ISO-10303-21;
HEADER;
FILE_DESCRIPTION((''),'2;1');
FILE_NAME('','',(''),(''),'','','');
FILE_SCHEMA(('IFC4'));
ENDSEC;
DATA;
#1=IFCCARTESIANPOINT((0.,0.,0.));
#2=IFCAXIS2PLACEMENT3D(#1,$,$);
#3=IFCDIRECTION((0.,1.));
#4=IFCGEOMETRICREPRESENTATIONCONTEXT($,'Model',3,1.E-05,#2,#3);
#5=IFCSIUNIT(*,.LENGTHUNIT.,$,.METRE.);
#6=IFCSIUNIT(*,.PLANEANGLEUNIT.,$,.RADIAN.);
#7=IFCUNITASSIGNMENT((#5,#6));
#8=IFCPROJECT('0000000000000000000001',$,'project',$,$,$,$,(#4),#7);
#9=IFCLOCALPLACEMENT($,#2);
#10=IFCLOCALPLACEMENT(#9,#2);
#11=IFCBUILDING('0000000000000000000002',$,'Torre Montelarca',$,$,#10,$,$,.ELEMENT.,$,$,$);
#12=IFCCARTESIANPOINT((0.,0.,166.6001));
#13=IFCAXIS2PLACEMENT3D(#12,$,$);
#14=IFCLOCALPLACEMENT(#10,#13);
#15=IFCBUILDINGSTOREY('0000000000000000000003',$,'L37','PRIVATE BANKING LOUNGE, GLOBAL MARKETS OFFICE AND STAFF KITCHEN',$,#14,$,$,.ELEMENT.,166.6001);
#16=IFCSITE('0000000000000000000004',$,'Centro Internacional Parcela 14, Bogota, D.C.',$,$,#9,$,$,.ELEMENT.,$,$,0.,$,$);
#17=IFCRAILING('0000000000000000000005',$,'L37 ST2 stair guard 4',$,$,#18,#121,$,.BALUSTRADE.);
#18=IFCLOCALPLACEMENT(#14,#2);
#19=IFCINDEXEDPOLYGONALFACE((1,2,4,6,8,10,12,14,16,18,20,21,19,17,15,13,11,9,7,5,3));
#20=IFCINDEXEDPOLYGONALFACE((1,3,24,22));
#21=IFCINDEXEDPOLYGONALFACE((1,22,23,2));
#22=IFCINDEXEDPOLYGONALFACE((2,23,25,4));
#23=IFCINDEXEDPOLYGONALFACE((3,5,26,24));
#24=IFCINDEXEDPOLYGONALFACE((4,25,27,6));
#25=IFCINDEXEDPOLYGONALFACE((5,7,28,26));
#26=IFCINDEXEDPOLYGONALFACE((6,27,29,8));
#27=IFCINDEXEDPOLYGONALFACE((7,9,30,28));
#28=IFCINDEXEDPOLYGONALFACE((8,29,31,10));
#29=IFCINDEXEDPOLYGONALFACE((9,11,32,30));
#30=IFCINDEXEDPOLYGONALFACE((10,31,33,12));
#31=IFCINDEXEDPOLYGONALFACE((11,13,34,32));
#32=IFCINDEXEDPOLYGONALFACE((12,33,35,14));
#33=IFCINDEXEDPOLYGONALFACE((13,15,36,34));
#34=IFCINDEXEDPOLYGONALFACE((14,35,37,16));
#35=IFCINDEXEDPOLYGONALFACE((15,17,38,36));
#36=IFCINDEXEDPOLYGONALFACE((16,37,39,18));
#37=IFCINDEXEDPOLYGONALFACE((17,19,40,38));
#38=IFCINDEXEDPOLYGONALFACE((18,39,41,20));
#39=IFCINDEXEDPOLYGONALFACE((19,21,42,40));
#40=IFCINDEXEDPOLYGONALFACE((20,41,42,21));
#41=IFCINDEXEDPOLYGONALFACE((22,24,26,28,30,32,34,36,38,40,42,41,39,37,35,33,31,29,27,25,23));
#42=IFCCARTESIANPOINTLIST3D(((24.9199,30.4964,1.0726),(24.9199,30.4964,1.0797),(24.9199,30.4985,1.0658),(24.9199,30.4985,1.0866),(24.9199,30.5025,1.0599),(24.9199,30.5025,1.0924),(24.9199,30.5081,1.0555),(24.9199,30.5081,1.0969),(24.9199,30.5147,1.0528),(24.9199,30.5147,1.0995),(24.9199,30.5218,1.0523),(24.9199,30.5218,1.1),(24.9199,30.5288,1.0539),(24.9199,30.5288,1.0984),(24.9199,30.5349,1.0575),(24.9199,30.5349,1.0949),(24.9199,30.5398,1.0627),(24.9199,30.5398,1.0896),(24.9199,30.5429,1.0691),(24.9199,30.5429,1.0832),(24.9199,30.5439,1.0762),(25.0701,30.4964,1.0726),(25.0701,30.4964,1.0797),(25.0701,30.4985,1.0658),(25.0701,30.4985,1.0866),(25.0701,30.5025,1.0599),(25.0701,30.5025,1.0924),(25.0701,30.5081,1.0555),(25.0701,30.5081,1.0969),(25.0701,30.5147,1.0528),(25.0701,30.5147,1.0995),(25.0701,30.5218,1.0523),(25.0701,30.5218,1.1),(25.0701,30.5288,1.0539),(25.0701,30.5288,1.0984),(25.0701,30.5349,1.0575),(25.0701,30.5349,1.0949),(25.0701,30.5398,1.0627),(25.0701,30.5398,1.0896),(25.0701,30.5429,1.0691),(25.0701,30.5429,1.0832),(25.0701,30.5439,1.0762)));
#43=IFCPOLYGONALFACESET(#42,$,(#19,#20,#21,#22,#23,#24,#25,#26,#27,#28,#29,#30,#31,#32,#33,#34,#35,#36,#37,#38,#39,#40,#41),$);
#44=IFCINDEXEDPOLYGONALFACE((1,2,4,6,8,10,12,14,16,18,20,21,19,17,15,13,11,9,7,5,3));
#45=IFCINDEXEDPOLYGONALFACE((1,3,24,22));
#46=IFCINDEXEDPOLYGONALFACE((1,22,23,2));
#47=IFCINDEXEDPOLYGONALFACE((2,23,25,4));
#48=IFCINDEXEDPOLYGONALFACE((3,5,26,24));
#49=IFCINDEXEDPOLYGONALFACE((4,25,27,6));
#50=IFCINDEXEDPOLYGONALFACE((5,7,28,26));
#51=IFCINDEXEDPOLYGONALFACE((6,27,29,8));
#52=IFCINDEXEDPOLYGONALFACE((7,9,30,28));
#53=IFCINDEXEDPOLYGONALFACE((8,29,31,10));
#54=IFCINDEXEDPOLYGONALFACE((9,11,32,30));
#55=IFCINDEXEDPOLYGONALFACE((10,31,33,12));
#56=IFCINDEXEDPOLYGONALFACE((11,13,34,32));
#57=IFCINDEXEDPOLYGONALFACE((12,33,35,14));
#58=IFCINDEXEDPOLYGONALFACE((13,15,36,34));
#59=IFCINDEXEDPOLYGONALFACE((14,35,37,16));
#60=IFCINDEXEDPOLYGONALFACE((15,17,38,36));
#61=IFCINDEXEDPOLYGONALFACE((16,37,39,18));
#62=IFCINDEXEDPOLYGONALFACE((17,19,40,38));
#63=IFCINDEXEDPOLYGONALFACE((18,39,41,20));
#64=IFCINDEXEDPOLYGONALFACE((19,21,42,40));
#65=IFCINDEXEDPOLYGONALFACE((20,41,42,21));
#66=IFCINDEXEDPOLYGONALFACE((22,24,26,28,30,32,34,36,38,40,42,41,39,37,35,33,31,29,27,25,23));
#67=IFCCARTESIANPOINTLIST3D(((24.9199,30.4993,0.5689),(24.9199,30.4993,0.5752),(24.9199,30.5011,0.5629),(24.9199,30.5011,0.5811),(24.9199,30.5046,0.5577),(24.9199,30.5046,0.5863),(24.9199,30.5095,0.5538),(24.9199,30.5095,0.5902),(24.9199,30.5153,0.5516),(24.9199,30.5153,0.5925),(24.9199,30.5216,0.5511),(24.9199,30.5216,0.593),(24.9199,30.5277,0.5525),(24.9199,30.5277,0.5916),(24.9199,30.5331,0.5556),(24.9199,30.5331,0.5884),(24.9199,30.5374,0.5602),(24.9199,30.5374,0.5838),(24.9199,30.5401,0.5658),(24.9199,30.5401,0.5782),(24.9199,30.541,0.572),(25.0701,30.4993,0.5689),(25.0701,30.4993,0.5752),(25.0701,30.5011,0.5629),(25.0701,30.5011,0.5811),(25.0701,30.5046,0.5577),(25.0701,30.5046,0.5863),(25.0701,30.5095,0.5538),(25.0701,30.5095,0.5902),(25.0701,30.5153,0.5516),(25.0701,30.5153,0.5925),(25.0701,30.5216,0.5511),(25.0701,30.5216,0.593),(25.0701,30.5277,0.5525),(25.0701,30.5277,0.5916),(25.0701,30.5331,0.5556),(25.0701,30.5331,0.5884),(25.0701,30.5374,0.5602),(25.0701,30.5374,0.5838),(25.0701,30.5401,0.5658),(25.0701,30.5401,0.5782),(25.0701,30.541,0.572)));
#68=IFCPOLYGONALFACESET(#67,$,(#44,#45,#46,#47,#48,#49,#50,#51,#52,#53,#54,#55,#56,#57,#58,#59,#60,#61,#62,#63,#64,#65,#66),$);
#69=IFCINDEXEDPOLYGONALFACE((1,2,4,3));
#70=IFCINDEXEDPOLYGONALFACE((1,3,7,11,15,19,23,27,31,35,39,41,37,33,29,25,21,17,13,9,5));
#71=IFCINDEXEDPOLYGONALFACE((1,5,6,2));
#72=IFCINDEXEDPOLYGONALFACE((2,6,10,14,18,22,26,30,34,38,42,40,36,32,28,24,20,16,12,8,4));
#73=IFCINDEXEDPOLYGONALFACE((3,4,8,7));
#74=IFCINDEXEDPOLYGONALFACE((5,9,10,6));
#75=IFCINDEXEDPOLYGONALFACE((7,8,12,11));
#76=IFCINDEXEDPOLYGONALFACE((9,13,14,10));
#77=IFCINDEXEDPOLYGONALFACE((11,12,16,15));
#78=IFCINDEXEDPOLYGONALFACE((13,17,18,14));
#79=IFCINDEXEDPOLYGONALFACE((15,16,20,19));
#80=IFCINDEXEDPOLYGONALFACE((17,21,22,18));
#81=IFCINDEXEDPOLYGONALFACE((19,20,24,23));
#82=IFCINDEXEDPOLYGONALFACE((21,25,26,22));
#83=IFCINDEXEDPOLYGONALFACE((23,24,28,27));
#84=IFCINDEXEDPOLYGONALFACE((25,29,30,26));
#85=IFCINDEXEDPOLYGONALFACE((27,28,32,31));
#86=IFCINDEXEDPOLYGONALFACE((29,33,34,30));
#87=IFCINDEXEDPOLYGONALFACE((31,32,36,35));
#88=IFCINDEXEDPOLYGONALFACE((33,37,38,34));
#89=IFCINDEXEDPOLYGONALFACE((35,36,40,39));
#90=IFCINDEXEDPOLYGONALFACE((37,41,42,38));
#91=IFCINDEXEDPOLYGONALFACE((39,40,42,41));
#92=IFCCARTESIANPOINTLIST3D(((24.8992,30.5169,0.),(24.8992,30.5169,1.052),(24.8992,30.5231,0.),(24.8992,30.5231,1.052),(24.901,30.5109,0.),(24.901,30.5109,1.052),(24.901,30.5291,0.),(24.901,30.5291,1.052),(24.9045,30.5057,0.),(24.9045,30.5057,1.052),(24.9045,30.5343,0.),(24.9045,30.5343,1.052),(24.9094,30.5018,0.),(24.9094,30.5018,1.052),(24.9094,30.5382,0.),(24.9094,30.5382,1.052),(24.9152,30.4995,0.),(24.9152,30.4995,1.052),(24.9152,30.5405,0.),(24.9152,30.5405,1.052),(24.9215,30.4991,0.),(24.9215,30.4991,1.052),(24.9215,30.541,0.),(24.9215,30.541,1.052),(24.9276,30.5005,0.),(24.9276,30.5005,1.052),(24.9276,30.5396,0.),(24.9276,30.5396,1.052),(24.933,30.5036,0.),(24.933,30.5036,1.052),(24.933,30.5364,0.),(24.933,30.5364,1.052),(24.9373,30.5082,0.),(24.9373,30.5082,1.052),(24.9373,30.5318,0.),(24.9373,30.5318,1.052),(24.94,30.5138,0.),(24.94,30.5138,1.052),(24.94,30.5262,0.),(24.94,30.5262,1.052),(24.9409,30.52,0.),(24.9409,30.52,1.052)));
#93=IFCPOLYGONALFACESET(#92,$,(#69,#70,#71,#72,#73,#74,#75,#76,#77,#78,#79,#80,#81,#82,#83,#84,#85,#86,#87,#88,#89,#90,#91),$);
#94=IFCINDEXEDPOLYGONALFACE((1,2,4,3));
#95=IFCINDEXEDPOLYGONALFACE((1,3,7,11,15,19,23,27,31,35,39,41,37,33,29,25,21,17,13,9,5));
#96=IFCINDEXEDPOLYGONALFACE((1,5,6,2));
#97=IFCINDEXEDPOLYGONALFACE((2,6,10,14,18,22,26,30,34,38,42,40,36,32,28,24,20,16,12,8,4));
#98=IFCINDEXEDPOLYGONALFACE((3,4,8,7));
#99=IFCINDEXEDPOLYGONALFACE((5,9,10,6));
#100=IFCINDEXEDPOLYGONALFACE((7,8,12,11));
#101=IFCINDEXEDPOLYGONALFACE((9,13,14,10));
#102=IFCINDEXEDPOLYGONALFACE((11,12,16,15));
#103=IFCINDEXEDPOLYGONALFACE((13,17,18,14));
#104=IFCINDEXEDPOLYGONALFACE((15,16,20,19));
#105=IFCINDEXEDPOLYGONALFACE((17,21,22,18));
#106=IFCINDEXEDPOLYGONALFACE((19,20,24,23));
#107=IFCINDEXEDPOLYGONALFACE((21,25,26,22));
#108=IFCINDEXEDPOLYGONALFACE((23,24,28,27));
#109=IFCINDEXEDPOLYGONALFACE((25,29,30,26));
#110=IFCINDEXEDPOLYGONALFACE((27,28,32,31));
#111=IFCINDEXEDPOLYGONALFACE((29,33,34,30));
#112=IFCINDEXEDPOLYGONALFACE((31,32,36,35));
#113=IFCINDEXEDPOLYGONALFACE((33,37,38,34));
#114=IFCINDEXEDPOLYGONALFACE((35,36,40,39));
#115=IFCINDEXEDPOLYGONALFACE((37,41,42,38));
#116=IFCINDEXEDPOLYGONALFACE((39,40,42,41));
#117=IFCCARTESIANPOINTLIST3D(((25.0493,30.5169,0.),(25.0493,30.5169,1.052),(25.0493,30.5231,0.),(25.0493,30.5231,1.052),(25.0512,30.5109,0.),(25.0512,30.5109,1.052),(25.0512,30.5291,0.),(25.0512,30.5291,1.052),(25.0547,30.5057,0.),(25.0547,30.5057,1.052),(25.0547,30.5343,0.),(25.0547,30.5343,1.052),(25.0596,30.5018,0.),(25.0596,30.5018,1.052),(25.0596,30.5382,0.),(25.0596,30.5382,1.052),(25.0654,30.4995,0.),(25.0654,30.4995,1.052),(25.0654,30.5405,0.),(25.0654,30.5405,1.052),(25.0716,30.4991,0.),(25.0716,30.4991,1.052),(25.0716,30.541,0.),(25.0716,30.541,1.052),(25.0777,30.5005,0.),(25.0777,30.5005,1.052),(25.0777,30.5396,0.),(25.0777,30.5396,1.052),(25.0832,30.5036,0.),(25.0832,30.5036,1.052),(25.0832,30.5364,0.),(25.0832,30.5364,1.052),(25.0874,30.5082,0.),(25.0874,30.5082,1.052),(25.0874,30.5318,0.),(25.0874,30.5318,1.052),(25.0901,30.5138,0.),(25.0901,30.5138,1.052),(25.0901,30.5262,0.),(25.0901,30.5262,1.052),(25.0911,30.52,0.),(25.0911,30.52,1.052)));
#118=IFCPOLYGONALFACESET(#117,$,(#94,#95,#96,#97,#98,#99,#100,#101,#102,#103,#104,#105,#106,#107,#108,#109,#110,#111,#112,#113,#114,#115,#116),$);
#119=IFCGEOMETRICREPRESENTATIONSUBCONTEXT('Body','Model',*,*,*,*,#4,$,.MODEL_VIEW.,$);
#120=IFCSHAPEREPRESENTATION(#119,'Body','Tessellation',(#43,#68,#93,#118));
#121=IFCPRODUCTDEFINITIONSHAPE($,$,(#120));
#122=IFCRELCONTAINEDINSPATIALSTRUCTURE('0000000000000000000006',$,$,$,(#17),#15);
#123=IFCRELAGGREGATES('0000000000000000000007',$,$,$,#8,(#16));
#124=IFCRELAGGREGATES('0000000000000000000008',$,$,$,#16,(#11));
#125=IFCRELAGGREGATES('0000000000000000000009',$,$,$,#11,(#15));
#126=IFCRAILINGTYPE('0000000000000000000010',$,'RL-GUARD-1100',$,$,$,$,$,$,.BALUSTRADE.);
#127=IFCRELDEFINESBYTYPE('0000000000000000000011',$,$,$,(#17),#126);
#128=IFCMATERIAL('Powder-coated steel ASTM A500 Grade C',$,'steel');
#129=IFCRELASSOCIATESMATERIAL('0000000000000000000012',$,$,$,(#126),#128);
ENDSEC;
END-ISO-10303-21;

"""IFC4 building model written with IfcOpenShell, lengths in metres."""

from ifc_helpers import new_model, si_unit, direction, frame, origin, origin_2d, place, context, subcontext, project, spatial, circle, extrude, material, type_object, element, save


model = new_model("IFC4")

# Units and contexts
model_context = context("Model", 3, precision=1e-05, world=origin(), true_north=direction((0.0, 1.0)))
body_context = subcontext(model_context, "Body", "Model", "MODEL_VIEW")
ifc_project = project(units=[si_unit("LENGTHUNIT", "METRE"), si_unit("PLANEANGLEUNIT", "RADIAN")], contexts=[model_context])

# Site, building, storey
site_placement = place(None, origin())
site = spatial("IfcSite", under=ifc_project, at=site_placement, Name="Centro Internacional Parcela 14, Bogota, D.C.", CompositionType="ELEMENT", RefElevation=0.0)
building_placement = place(site_placement, origin())
building = spatial("IfcBuilding", under=site, at=building_placement, Name="Torre Montelarca", CompositionType="ELEMENT")
storey_placement = place(building_placement, frame((0.0, 0.0, 166.6001)))
storey = spatial("IfcBuildingStorey", under=building, at=storey_placement, Name="L37", Description="PRIVATE BANKING LOUNGE, GLOBAL MARKETS OFFICE AND STAFF KITCHEN", CompositionType="ELEMENT", Elevation=166.6001)

# Railing
ifc_material_1 = material(Name="Powder-coated steel ASTM A500 Grade C", Category="steel")
railing_type_1 = type_object("IfcRailingType", Name="RL-GUARD-1100", PredefinedType="BALUSTRADE", material=ifc_material_1)
railing_1_placement = place(storey_placement, frame((24.9199, 30.52, 0.0)))
element("IfcRailing", 1, at=railing_1_placement, inside=storey, type_object=railing_type_1, Name="L37 ST2 stair guard 4", PredefinedType="BALUSTRADE", context=body_context, shape_type="SweptSolid", body=[
    extrude(circle(Radius=0.0239, at=origin_2d()), frame((0.0, 0.0, 1.0762), z_axis=(1.0, 0.0, 0.0), x_axis=(0.0, 1.0, 0.0)), (0.0, 0.0, 1.0), 0.1501),
    extrude(circle(Radius=0.021, at=origin_2d()), frame((0.0, 0.0, 0.572), z_axis=(1.0, 0.0, 0.0), x_axis=(0.0, 1.0, 0.0)), (0.0, 0.0, 1.0), 0.1501),
    extrude(circle(Radius=0.021, at=origin_2d()), origin(), (0.0, 0.0, 1.0), 1.052),
    extrude(circle(Radius=0.021, at=origin_2d()), frame((0.1501, 0.0, 0.0)), (0.0, 0.0, 1.0), 1.052),
])

save(model, "model.ifc")
